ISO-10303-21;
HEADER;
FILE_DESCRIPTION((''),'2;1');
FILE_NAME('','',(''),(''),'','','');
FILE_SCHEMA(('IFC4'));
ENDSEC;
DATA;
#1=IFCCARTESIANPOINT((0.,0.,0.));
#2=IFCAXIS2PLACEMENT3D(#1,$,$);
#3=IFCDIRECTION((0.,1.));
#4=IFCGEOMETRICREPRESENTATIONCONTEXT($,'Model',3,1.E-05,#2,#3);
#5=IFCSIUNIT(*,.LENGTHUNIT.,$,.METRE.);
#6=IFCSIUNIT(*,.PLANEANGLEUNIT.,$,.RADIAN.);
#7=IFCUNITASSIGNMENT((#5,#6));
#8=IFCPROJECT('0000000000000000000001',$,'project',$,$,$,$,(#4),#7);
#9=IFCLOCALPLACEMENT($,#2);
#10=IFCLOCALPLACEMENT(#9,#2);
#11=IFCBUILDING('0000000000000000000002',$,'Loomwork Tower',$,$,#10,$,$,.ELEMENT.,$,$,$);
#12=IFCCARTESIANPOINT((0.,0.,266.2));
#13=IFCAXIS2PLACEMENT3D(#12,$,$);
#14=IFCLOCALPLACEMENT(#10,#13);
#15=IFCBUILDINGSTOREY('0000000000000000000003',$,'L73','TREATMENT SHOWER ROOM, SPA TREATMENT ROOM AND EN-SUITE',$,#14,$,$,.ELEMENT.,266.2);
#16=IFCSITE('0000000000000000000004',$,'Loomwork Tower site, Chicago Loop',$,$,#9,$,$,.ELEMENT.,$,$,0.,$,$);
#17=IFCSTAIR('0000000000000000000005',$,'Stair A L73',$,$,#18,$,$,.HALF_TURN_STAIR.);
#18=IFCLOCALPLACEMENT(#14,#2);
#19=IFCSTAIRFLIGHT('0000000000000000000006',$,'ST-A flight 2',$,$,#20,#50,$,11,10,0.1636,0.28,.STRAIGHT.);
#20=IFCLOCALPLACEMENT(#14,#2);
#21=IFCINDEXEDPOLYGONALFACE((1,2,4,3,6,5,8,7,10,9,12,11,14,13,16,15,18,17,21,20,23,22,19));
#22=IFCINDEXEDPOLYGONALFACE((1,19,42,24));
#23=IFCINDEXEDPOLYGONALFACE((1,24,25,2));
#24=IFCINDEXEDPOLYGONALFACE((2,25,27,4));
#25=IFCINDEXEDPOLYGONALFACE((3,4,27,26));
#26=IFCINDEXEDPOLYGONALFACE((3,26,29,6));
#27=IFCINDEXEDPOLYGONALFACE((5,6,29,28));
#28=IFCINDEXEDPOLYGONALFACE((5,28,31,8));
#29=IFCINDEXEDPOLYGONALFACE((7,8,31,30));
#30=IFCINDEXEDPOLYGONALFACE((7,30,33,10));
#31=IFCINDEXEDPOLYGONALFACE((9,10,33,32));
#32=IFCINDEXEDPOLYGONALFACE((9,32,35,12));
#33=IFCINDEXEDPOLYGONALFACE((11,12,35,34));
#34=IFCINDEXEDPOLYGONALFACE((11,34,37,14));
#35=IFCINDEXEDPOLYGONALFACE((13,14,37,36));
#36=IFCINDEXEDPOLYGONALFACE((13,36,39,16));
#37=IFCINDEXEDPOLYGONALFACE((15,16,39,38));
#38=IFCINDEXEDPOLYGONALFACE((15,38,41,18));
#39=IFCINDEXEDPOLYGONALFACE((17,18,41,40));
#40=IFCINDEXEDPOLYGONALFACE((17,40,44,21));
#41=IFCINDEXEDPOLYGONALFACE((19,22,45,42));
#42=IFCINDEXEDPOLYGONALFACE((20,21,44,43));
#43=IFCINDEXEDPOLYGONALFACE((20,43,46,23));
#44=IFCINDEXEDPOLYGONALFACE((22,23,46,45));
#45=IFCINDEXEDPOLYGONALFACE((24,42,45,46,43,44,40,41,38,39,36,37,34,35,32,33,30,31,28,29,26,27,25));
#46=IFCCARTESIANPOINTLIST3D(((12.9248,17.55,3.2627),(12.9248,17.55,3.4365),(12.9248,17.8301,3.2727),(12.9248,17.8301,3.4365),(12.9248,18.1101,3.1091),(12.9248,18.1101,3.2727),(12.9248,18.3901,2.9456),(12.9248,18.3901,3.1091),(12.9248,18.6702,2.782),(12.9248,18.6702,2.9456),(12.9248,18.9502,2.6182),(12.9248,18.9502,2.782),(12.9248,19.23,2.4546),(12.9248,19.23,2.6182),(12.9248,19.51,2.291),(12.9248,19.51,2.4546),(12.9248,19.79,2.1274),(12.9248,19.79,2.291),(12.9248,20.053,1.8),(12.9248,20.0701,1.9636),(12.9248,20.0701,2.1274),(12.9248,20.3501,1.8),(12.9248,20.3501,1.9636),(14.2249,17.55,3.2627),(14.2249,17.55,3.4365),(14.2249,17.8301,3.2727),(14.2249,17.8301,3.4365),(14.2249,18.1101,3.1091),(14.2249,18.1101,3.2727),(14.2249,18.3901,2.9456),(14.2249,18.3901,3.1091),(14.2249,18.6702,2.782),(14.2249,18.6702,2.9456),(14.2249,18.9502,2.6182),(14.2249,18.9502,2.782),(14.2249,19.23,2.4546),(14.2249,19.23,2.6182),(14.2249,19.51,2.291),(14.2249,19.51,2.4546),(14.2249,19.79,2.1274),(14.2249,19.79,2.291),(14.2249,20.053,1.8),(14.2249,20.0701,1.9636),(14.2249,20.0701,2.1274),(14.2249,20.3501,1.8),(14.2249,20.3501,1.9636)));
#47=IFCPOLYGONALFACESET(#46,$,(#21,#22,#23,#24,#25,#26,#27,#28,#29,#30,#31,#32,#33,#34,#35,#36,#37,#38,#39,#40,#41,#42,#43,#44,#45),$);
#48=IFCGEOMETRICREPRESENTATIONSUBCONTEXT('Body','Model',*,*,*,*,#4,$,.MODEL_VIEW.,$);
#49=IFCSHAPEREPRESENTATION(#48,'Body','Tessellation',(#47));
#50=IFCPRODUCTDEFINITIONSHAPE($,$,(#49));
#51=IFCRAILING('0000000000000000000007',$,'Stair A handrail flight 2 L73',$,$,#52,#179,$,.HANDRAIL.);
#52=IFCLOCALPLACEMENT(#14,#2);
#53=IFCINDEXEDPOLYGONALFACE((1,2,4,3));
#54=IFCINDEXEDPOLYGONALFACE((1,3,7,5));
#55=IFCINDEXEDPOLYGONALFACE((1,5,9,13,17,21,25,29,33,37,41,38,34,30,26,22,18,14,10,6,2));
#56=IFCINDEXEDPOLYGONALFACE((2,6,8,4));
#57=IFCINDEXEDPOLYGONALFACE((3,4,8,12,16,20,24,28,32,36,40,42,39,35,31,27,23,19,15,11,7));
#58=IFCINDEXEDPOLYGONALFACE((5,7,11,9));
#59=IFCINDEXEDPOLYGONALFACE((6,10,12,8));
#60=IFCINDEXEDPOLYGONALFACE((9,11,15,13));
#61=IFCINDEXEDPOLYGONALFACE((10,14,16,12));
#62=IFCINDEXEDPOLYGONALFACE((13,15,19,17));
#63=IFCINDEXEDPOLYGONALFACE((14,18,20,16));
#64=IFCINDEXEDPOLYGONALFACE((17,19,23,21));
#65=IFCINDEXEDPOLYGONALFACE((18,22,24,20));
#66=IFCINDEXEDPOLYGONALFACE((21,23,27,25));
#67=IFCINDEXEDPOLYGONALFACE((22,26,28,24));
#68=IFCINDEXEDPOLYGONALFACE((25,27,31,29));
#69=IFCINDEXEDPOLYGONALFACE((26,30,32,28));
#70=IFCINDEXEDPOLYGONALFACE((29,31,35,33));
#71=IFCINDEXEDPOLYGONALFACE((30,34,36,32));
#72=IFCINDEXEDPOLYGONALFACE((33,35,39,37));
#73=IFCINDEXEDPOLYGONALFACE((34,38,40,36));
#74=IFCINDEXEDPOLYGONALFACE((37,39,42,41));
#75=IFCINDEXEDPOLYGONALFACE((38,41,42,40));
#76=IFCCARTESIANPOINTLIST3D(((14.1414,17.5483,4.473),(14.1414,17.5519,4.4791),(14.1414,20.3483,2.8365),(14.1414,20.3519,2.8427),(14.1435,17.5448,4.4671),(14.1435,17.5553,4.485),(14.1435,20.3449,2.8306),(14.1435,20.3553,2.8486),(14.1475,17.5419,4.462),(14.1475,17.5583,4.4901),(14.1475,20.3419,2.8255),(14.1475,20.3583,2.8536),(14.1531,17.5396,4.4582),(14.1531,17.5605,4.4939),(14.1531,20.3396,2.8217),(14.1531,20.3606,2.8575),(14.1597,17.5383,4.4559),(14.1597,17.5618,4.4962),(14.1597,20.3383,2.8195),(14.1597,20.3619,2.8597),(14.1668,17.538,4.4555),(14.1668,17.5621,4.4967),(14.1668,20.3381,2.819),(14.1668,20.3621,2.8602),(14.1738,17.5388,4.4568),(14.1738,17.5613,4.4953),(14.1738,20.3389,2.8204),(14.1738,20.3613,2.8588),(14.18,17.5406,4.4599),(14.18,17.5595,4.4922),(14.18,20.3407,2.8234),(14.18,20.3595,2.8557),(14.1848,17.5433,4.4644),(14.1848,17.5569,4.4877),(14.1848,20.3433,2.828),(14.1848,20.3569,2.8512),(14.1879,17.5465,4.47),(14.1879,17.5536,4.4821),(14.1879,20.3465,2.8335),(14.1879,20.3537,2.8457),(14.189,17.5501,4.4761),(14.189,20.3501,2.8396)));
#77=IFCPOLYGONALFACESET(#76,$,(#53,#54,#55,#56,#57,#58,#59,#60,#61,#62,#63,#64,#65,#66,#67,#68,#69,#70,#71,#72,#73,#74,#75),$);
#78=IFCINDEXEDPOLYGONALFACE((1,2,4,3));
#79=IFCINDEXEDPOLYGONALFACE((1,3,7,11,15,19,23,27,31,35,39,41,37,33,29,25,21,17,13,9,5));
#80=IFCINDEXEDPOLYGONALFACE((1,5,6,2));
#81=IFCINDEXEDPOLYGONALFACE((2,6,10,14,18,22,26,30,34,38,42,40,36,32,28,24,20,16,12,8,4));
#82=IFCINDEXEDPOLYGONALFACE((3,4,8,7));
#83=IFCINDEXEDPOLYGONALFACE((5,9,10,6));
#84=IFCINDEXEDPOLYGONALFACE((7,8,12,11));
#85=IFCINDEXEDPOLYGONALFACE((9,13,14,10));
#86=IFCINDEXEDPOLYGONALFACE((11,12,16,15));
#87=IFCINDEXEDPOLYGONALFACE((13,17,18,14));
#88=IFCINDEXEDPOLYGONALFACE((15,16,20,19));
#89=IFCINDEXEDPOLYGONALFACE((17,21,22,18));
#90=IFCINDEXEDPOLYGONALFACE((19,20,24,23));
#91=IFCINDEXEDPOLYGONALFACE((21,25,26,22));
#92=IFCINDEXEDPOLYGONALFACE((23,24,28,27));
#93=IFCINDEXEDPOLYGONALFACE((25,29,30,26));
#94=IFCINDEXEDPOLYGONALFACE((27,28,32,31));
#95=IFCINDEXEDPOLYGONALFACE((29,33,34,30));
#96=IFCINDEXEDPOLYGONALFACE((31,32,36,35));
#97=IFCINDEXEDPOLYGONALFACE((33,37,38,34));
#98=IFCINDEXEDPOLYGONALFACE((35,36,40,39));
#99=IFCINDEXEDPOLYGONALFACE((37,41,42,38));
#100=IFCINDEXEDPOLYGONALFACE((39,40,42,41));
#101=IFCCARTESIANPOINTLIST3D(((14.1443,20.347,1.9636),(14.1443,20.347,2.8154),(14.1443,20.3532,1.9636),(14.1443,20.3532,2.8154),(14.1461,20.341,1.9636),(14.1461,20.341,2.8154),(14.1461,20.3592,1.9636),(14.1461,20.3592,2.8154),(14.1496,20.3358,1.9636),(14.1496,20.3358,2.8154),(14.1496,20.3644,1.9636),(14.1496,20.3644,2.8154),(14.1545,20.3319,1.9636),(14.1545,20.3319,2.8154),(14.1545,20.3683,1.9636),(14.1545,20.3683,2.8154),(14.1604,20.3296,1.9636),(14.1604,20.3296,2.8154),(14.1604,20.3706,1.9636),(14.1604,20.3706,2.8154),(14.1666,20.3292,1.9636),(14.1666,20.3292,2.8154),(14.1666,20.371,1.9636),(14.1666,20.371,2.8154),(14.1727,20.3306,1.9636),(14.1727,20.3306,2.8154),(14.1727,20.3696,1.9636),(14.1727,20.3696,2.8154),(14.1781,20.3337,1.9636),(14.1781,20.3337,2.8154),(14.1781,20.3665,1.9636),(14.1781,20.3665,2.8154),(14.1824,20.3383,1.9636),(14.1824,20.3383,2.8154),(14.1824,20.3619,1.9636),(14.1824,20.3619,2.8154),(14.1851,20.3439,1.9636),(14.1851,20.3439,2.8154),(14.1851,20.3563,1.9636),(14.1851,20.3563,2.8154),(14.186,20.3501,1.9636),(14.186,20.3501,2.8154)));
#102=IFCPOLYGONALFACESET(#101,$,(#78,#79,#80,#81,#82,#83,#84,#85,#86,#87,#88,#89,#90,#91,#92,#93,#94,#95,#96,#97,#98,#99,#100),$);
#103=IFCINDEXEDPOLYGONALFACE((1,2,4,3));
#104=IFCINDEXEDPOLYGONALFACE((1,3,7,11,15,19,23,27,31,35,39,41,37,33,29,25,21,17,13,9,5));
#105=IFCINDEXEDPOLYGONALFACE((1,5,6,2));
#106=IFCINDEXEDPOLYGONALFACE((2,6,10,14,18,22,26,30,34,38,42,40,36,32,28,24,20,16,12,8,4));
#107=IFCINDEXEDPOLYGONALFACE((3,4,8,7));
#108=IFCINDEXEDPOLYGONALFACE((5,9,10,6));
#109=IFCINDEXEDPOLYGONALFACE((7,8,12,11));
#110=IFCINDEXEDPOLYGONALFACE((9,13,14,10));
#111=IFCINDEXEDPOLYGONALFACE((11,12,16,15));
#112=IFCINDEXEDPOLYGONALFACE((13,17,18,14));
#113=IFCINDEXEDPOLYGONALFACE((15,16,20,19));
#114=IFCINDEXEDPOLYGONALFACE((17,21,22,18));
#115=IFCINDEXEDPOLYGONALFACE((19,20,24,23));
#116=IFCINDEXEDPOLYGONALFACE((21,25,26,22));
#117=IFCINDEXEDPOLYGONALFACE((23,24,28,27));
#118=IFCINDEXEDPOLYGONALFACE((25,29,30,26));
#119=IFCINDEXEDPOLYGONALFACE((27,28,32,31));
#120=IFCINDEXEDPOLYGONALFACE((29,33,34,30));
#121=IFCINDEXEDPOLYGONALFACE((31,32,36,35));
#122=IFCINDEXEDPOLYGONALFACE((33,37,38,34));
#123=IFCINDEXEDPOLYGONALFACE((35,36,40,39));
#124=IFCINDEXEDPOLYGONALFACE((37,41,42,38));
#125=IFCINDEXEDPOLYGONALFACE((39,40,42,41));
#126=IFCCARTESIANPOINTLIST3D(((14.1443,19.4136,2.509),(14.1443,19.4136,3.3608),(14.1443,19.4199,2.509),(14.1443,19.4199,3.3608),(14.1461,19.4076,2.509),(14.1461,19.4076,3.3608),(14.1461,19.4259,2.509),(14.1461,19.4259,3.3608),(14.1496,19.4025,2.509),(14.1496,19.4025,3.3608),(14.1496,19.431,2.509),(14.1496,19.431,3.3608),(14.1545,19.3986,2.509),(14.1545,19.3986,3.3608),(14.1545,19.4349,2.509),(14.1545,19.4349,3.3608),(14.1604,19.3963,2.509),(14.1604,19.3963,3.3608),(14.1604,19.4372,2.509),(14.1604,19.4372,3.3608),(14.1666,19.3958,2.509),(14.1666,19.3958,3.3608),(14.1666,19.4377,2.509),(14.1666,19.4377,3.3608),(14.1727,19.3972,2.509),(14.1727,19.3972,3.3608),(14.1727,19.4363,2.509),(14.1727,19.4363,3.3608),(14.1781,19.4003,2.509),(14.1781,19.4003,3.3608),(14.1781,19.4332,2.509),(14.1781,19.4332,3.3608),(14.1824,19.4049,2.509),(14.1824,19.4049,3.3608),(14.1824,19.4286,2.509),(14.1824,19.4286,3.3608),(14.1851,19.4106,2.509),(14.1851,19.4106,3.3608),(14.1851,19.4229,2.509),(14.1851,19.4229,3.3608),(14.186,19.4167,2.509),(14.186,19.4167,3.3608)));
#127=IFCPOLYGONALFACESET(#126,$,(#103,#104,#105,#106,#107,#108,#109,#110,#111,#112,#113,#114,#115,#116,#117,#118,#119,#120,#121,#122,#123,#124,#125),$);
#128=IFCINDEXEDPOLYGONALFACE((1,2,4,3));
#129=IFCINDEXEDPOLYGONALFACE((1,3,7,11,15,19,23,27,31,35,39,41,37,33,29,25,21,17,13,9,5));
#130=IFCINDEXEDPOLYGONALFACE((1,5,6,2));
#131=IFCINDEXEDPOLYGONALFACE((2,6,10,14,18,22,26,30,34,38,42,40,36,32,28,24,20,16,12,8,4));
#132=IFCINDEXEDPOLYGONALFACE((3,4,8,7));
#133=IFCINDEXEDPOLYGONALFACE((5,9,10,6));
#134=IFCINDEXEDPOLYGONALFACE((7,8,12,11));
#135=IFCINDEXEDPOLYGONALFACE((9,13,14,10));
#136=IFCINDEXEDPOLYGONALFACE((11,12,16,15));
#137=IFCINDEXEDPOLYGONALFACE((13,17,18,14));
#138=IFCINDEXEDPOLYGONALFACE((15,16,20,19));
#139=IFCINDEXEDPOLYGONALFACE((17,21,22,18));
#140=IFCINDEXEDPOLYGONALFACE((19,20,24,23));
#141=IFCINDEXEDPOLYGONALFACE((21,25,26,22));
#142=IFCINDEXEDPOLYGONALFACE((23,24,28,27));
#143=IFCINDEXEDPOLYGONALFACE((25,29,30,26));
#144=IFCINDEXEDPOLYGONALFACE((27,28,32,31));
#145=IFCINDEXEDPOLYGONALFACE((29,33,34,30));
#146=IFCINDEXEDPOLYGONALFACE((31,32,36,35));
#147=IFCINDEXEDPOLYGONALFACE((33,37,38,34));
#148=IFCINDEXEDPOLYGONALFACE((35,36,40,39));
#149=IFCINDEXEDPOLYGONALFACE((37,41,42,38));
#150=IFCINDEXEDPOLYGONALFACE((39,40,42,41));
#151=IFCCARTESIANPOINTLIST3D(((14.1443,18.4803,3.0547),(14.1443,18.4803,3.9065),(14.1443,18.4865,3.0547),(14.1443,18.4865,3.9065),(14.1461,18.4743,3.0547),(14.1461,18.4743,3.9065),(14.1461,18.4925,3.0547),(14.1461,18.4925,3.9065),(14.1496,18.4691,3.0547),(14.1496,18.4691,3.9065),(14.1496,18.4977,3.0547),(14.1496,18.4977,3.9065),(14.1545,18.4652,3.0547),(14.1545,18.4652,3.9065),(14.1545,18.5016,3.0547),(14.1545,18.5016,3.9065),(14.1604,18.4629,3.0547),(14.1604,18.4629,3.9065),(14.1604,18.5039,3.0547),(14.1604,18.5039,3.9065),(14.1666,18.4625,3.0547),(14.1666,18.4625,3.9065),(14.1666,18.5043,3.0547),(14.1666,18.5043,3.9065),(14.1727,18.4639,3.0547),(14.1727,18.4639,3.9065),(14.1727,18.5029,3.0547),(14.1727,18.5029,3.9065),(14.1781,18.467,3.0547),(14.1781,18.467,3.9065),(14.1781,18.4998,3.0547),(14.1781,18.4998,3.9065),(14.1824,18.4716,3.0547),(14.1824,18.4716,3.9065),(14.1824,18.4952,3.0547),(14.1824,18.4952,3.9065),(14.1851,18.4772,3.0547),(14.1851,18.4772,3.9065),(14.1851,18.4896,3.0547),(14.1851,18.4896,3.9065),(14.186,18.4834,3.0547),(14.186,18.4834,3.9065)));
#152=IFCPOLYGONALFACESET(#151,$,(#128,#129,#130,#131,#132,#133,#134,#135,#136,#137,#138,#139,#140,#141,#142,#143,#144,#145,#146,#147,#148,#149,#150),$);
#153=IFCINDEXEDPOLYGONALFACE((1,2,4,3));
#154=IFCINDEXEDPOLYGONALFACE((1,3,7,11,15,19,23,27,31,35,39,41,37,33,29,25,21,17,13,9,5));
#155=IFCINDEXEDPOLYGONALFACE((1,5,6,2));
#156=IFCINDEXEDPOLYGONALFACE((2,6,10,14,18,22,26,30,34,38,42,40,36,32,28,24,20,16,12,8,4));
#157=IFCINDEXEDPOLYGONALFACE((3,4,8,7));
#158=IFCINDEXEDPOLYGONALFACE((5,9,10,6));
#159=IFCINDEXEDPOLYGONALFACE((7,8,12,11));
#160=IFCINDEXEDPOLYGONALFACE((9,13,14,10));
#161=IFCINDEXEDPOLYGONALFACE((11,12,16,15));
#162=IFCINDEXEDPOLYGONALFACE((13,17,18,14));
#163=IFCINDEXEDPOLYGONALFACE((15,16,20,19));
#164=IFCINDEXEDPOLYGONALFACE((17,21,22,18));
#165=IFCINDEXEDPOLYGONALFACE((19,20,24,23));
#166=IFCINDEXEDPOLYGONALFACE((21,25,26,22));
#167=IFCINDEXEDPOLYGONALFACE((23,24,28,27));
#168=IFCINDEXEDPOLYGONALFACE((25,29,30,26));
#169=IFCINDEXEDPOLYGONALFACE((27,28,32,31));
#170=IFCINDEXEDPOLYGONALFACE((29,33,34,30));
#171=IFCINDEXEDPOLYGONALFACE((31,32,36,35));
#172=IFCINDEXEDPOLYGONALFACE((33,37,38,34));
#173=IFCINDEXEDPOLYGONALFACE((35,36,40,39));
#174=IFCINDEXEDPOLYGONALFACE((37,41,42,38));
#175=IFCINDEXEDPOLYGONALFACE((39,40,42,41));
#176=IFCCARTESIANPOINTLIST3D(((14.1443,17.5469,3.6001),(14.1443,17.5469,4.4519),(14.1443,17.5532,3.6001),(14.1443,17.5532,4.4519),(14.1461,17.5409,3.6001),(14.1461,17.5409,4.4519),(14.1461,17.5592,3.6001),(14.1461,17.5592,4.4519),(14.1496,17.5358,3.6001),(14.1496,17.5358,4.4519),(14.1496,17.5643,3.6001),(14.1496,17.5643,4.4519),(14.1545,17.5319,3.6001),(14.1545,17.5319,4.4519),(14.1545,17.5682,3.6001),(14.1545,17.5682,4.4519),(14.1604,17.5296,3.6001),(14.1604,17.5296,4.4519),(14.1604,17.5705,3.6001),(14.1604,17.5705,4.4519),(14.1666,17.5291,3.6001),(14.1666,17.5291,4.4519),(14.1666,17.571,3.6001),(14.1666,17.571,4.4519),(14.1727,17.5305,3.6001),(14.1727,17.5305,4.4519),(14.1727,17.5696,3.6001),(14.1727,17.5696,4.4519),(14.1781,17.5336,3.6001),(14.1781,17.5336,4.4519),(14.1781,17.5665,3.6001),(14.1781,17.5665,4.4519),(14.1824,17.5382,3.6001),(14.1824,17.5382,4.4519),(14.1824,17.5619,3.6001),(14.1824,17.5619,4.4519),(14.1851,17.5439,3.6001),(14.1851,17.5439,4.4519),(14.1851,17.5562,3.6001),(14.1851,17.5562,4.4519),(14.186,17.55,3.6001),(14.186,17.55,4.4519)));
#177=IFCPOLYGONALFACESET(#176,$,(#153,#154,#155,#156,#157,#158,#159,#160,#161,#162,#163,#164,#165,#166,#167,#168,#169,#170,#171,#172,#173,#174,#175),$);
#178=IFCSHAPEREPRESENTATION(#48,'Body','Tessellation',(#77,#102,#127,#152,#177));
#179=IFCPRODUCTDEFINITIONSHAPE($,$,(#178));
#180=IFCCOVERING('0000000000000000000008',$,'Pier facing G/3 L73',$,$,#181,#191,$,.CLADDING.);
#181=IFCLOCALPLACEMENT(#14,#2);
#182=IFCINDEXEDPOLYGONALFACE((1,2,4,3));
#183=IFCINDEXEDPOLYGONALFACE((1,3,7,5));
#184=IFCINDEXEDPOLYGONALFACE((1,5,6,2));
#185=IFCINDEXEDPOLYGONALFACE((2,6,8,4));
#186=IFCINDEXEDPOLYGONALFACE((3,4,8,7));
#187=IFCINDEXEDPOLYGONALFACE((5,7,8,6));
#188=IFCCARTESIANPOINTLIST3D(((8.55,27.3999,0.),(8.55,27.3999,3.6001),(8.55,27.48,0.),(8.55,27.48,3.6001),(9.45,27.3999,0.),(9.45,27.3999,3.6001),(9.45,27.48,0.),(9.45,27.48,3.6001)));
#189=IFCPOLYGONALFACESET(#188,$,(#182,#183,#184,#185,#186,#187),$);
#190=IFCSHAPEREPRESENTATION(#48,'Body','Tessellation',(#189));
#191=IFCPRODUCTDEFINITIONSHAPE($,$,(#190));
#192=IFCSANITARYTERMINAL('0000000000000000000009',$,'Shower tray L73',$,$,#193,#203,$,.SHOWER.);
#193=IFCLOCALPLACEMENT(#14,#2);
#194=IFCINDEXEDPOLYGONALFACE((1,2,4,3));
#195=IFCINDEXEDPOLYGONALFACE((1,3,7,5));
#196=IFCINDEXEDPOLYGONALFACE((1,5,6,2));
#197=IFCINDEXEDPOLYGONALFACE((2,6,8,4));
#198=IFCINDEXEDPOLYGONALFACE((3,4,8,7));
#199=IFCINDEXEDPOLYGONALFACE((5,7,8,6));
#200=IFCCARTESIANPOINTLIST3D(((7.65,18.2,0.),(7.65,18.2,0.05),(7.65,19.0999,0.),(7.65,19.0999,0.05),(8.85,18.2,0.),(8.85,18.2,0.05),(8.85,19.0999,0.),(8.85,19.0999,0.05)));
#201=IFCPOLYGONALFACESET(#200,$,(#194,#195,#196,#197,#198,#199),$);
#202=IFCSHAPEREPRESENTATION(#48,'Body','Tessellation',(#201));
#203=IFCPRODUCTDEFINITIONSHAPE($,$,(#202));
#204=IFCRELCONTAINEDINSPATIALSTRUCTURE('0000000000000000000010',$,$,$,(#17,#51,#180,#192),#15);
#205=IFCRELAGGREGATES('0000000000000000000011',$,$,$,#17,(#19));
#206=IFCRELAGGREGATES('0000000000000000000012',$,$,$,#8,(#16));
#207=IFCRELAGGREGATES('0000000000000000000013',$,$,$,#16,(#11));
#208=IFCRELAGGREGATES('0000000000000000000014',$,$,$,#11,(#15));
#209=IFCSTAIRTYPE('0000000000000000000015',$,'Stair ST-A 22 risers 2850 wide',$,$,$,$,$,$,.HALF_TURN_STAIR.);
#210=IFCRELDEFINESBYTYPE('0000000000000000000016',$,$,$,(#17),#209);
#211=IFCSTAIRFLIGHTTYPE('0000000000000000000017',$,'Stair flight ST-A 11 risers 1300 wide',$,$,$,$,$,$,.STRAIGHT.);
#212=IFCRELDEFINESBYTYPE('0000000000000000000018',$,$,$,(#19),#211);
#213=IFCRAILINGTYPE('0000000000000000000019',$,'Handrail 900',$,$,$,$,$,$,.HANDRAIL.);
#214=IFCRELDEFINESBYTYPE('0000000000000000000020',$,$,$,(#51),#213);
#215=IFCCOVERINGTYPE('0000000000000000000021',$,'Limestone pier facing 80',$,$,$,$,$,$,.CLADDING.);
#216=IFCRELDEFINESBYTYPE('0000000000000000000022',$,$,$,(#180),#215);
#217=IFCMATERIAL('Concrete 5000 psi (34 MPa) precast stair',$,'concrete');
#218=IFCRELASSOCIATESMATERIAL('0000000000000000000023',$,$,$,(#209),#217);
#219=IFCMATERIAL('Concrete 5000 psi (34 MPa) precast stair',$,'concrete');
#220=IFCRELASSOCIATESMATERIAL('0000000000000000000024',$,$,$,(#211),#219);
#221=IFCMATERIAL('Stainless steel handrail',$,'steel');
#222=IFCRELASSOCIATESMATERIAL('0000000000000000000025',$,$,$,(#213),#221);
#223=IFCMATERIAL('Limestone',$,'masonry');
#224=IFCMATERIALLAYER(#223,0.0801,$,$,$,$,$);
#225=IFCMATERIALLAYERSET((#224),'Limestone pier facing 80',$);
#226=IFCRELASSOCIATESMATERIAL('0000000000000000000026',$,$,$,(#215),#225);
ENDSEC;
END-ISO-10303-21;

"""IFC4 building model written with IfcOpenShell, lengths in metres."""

from ifc_helpers import new_model, si_unit, direction, frame, origin, origin_2d, place, context, subcontext, project, spatial, polyline, rectangle, circle, outline, extrude, material, layer, layer_set, type_object, element, aggregate, save


model = new_model("IFC4")

# Units and contexts
model_context = context("Model", 3, precision=1e-05, world=origin(), true_north=direction((0.0, 1.0)))
body_context = subcontext(model_context, "Body", "Model", "MODEL_VIEW")
ifc_project = project(units=[si_unit("LENGTHUNIT", "METRE"), si_unit("PLANEANGLEUNIT", "RADIAN")], contexts=[model_context])

# Site, building, storey
site_placement = place(None, origin())
site = spatial("IfcSite", under=ifc_project, at=site_placement, Name="Loomwork Tower site, Chicago Loop", CompositionType="ELEMENT", RefElevation=0.0)
building_placement = place(site_placement, origin())
building = spatial("IfcBuilding", under=site, at=building_placement, Name="Loomwork Tower", CompositionType="ELEMENT")
storey_placement = place(building_placement, frame((0.0, 0.0, 266.2)))
storey = spatial("IfcBuildingStorey", under=building, at=storey_placement, Name="L73", Description="TREATMENT SHOWER ROOM, SPA TREATMENT ROOM AND EN-SUITE", CompositionType="ELEMENT", Elevation=266.2)

# Stair, stair flight
ifc_material_1 = material(Name="Concrete 5000 psi (34 MPa) precast stair", Category="concrete")
stair_type = type_object("IfcStairType", Name="Stair ST-A 22 risers 2850 wide", PredefinedType="HALF_TURN_STAIR", material=ifc_material_1)
stair_placement = place(storey_placement, origin())
stair = element("IfcStair", 1, at=stair_placement, inside=storey, type_object=stair_type, Name="Stair A L73", PredefinedType="HALF_TURN_STAIR")
ifc_material_2 = material(Name="Concrete 5000 psi (34 MPa) precast stair", Category="concrete")
stair_flight_type = type_object("IfcStairFlightType", Name="Stair flight ST-A 11 risers 1300 wide", PredefinedType="STRAIGHT", material=ifc_material_2)
stair_flight_placement = place(storey_placement, frame((13.575, 20.3501, 1.8), z_axis=(0.0, 0.0, 1.0), x_axis=(0.0, -1.0, 0.0)))
stair_flight = element("IfcStairFlight", 2, at=stair_flight_placement, type_object=stair_flight_type, Name="ST-A flight 2", NumberOfRisers=11, NumberOfTreads=10, PredefinedType="STRAIGHT", RiserHeight=0.1636, TreadLength=0.28, context=body_context, shape_type="SweptSolid", body=[
    extrude(outline(polyline([(0.0, 0.0), (0.0, 0.1636), (0.28, 0.1636), (0.28, 0.3274), (0.5601, 0.3274), (0.5601, 0.491), (0.8401, 0.491), (0.8401, 0.6545), (1.1201, 0.6545), (1.1201, 0.8181), (1.3999, 0.8181), (1.3999, 0.9819), (1.6799, 0.9819), (1.6799, 1.1455), (1.96, 1.1455), (1.96, 1.3091), (2.24, 1.3091), (2.24, 1.4727), (2.52, 1.4727), (2.52, 1.6365), (2.8, 1.6365), (2.8, 1.8), (2.8, 1.4626), (0.2971, 0.0), (0.0, 0.0)])), frame((0.0, 0.6499, 0.0), z_axis=(0.0, -1.0, 0.0), x_axis=(1.0, 0.0, 0.0)), (0.0, 0.0, 1.0), 1.3),
])
aggregate(stair, [stair_flight])

# Railing
ifc_material_3 = material(Name="Stainless steel handrail", Category="steel")
railing_type = type_object("IfcRailingType", Name="Handrail 900", PredefinedType="HANDRAIL", material=ifc_material_3)
railing_placement = place(storey_placement, frame((14.165, 20.3501, 1.9636)))
element("IfcRailing", 3, at=railing_placement, inside=storey, type_object=railing_type, Name="Stair A handrail flight 2 L73", PredefinedType="HANDRAIL", context=body_context, shape_type="SweptSolid", body=[
    extrude(circle(Radius=0.0239, at=origin_2d()), frame((0.0, 0.0, 0.876), z_axis=(0.0, -0.863361, 0.504587), x_axis=(1.0, 0.0, 0.0)), (0.0, 0.0, 1.0), 3.2432),
    extrude(circle(Radius=0.021, at=origin_2d()), origin(), (0.0, 0.0, 1.0), 0.8518),
    extrude(circle(Radius=0.021, at=origin_2d()), frame((0.0, -0.9333, 0.5454)), (0.0, 0.0, 1.0), 0.8518),
    extrude(circle(Radius=0.021, at=origin_2d()), frame((0.0, -1.8667, 1.0911)), (0.0, 0.0, 1.0), 0.8518),
    extrude(circle(Radius=0.021, at=origin_2d()), frame((0.0, -2.8, 1.6365)), (0.0, 0.0, 1.0), 0.8518),
])

# Covering
ifc_material_4 = material(Name="Limestone", Category="masonry")
ifc_layer_1 = layer(ifc_material_4, 0.0801)
ifc_layer_set_1 = layer_set([ifc_layer_1], Name="Limestone pier facing 80")
covering_type = type_object("IfcCoveringType", Name="Limestone pier facing 80", PredefinedType="CLADDING", material=ifc_layer_set_1)
covering_placement = place(storey_placement, frame((9.0, 27.4399, 0.0), z_axis=(0.0, 0.0, 1.0), x_axis=(1.0, 0.0, 0.0)))
element("IfcCovering", 4, at=covering_placement, inside=storey, type_object=covering_type, Name="Pier facing G/3 L73", PredefinedType="CLADDING", context=body_context, shape_type="SweptSolid", body=[
    extrude(rectangle(XDim=0.8999, YDim=0.0801, at=origin_2d()), origin(), (0.0, 0.0, 1.0), 3.6001),
])

# Sanitary terminal
sanitary_terminal_1_placement = place(storey_placement, frame((8.25, 18.6499, 0.0), z_axis=(0.0, 0.0, 1.0), x_axis=(1.0, 0.0, 0.0)))
element("IfcSanitaryTerminal", 5, at=sanitary_terminal_1_placement, inside=storey, Name="Shower tray L73", PredefinedType="SHOWER", context=body_context, shape_type="SweptSolid", body=[
    extrude(rectangle(XDim=1.2, YDim=0.8999, at=origin_2d()), origin(), (0.0, 0.0, 1.0), 0.05),
])

save(model, "model.ifc")
